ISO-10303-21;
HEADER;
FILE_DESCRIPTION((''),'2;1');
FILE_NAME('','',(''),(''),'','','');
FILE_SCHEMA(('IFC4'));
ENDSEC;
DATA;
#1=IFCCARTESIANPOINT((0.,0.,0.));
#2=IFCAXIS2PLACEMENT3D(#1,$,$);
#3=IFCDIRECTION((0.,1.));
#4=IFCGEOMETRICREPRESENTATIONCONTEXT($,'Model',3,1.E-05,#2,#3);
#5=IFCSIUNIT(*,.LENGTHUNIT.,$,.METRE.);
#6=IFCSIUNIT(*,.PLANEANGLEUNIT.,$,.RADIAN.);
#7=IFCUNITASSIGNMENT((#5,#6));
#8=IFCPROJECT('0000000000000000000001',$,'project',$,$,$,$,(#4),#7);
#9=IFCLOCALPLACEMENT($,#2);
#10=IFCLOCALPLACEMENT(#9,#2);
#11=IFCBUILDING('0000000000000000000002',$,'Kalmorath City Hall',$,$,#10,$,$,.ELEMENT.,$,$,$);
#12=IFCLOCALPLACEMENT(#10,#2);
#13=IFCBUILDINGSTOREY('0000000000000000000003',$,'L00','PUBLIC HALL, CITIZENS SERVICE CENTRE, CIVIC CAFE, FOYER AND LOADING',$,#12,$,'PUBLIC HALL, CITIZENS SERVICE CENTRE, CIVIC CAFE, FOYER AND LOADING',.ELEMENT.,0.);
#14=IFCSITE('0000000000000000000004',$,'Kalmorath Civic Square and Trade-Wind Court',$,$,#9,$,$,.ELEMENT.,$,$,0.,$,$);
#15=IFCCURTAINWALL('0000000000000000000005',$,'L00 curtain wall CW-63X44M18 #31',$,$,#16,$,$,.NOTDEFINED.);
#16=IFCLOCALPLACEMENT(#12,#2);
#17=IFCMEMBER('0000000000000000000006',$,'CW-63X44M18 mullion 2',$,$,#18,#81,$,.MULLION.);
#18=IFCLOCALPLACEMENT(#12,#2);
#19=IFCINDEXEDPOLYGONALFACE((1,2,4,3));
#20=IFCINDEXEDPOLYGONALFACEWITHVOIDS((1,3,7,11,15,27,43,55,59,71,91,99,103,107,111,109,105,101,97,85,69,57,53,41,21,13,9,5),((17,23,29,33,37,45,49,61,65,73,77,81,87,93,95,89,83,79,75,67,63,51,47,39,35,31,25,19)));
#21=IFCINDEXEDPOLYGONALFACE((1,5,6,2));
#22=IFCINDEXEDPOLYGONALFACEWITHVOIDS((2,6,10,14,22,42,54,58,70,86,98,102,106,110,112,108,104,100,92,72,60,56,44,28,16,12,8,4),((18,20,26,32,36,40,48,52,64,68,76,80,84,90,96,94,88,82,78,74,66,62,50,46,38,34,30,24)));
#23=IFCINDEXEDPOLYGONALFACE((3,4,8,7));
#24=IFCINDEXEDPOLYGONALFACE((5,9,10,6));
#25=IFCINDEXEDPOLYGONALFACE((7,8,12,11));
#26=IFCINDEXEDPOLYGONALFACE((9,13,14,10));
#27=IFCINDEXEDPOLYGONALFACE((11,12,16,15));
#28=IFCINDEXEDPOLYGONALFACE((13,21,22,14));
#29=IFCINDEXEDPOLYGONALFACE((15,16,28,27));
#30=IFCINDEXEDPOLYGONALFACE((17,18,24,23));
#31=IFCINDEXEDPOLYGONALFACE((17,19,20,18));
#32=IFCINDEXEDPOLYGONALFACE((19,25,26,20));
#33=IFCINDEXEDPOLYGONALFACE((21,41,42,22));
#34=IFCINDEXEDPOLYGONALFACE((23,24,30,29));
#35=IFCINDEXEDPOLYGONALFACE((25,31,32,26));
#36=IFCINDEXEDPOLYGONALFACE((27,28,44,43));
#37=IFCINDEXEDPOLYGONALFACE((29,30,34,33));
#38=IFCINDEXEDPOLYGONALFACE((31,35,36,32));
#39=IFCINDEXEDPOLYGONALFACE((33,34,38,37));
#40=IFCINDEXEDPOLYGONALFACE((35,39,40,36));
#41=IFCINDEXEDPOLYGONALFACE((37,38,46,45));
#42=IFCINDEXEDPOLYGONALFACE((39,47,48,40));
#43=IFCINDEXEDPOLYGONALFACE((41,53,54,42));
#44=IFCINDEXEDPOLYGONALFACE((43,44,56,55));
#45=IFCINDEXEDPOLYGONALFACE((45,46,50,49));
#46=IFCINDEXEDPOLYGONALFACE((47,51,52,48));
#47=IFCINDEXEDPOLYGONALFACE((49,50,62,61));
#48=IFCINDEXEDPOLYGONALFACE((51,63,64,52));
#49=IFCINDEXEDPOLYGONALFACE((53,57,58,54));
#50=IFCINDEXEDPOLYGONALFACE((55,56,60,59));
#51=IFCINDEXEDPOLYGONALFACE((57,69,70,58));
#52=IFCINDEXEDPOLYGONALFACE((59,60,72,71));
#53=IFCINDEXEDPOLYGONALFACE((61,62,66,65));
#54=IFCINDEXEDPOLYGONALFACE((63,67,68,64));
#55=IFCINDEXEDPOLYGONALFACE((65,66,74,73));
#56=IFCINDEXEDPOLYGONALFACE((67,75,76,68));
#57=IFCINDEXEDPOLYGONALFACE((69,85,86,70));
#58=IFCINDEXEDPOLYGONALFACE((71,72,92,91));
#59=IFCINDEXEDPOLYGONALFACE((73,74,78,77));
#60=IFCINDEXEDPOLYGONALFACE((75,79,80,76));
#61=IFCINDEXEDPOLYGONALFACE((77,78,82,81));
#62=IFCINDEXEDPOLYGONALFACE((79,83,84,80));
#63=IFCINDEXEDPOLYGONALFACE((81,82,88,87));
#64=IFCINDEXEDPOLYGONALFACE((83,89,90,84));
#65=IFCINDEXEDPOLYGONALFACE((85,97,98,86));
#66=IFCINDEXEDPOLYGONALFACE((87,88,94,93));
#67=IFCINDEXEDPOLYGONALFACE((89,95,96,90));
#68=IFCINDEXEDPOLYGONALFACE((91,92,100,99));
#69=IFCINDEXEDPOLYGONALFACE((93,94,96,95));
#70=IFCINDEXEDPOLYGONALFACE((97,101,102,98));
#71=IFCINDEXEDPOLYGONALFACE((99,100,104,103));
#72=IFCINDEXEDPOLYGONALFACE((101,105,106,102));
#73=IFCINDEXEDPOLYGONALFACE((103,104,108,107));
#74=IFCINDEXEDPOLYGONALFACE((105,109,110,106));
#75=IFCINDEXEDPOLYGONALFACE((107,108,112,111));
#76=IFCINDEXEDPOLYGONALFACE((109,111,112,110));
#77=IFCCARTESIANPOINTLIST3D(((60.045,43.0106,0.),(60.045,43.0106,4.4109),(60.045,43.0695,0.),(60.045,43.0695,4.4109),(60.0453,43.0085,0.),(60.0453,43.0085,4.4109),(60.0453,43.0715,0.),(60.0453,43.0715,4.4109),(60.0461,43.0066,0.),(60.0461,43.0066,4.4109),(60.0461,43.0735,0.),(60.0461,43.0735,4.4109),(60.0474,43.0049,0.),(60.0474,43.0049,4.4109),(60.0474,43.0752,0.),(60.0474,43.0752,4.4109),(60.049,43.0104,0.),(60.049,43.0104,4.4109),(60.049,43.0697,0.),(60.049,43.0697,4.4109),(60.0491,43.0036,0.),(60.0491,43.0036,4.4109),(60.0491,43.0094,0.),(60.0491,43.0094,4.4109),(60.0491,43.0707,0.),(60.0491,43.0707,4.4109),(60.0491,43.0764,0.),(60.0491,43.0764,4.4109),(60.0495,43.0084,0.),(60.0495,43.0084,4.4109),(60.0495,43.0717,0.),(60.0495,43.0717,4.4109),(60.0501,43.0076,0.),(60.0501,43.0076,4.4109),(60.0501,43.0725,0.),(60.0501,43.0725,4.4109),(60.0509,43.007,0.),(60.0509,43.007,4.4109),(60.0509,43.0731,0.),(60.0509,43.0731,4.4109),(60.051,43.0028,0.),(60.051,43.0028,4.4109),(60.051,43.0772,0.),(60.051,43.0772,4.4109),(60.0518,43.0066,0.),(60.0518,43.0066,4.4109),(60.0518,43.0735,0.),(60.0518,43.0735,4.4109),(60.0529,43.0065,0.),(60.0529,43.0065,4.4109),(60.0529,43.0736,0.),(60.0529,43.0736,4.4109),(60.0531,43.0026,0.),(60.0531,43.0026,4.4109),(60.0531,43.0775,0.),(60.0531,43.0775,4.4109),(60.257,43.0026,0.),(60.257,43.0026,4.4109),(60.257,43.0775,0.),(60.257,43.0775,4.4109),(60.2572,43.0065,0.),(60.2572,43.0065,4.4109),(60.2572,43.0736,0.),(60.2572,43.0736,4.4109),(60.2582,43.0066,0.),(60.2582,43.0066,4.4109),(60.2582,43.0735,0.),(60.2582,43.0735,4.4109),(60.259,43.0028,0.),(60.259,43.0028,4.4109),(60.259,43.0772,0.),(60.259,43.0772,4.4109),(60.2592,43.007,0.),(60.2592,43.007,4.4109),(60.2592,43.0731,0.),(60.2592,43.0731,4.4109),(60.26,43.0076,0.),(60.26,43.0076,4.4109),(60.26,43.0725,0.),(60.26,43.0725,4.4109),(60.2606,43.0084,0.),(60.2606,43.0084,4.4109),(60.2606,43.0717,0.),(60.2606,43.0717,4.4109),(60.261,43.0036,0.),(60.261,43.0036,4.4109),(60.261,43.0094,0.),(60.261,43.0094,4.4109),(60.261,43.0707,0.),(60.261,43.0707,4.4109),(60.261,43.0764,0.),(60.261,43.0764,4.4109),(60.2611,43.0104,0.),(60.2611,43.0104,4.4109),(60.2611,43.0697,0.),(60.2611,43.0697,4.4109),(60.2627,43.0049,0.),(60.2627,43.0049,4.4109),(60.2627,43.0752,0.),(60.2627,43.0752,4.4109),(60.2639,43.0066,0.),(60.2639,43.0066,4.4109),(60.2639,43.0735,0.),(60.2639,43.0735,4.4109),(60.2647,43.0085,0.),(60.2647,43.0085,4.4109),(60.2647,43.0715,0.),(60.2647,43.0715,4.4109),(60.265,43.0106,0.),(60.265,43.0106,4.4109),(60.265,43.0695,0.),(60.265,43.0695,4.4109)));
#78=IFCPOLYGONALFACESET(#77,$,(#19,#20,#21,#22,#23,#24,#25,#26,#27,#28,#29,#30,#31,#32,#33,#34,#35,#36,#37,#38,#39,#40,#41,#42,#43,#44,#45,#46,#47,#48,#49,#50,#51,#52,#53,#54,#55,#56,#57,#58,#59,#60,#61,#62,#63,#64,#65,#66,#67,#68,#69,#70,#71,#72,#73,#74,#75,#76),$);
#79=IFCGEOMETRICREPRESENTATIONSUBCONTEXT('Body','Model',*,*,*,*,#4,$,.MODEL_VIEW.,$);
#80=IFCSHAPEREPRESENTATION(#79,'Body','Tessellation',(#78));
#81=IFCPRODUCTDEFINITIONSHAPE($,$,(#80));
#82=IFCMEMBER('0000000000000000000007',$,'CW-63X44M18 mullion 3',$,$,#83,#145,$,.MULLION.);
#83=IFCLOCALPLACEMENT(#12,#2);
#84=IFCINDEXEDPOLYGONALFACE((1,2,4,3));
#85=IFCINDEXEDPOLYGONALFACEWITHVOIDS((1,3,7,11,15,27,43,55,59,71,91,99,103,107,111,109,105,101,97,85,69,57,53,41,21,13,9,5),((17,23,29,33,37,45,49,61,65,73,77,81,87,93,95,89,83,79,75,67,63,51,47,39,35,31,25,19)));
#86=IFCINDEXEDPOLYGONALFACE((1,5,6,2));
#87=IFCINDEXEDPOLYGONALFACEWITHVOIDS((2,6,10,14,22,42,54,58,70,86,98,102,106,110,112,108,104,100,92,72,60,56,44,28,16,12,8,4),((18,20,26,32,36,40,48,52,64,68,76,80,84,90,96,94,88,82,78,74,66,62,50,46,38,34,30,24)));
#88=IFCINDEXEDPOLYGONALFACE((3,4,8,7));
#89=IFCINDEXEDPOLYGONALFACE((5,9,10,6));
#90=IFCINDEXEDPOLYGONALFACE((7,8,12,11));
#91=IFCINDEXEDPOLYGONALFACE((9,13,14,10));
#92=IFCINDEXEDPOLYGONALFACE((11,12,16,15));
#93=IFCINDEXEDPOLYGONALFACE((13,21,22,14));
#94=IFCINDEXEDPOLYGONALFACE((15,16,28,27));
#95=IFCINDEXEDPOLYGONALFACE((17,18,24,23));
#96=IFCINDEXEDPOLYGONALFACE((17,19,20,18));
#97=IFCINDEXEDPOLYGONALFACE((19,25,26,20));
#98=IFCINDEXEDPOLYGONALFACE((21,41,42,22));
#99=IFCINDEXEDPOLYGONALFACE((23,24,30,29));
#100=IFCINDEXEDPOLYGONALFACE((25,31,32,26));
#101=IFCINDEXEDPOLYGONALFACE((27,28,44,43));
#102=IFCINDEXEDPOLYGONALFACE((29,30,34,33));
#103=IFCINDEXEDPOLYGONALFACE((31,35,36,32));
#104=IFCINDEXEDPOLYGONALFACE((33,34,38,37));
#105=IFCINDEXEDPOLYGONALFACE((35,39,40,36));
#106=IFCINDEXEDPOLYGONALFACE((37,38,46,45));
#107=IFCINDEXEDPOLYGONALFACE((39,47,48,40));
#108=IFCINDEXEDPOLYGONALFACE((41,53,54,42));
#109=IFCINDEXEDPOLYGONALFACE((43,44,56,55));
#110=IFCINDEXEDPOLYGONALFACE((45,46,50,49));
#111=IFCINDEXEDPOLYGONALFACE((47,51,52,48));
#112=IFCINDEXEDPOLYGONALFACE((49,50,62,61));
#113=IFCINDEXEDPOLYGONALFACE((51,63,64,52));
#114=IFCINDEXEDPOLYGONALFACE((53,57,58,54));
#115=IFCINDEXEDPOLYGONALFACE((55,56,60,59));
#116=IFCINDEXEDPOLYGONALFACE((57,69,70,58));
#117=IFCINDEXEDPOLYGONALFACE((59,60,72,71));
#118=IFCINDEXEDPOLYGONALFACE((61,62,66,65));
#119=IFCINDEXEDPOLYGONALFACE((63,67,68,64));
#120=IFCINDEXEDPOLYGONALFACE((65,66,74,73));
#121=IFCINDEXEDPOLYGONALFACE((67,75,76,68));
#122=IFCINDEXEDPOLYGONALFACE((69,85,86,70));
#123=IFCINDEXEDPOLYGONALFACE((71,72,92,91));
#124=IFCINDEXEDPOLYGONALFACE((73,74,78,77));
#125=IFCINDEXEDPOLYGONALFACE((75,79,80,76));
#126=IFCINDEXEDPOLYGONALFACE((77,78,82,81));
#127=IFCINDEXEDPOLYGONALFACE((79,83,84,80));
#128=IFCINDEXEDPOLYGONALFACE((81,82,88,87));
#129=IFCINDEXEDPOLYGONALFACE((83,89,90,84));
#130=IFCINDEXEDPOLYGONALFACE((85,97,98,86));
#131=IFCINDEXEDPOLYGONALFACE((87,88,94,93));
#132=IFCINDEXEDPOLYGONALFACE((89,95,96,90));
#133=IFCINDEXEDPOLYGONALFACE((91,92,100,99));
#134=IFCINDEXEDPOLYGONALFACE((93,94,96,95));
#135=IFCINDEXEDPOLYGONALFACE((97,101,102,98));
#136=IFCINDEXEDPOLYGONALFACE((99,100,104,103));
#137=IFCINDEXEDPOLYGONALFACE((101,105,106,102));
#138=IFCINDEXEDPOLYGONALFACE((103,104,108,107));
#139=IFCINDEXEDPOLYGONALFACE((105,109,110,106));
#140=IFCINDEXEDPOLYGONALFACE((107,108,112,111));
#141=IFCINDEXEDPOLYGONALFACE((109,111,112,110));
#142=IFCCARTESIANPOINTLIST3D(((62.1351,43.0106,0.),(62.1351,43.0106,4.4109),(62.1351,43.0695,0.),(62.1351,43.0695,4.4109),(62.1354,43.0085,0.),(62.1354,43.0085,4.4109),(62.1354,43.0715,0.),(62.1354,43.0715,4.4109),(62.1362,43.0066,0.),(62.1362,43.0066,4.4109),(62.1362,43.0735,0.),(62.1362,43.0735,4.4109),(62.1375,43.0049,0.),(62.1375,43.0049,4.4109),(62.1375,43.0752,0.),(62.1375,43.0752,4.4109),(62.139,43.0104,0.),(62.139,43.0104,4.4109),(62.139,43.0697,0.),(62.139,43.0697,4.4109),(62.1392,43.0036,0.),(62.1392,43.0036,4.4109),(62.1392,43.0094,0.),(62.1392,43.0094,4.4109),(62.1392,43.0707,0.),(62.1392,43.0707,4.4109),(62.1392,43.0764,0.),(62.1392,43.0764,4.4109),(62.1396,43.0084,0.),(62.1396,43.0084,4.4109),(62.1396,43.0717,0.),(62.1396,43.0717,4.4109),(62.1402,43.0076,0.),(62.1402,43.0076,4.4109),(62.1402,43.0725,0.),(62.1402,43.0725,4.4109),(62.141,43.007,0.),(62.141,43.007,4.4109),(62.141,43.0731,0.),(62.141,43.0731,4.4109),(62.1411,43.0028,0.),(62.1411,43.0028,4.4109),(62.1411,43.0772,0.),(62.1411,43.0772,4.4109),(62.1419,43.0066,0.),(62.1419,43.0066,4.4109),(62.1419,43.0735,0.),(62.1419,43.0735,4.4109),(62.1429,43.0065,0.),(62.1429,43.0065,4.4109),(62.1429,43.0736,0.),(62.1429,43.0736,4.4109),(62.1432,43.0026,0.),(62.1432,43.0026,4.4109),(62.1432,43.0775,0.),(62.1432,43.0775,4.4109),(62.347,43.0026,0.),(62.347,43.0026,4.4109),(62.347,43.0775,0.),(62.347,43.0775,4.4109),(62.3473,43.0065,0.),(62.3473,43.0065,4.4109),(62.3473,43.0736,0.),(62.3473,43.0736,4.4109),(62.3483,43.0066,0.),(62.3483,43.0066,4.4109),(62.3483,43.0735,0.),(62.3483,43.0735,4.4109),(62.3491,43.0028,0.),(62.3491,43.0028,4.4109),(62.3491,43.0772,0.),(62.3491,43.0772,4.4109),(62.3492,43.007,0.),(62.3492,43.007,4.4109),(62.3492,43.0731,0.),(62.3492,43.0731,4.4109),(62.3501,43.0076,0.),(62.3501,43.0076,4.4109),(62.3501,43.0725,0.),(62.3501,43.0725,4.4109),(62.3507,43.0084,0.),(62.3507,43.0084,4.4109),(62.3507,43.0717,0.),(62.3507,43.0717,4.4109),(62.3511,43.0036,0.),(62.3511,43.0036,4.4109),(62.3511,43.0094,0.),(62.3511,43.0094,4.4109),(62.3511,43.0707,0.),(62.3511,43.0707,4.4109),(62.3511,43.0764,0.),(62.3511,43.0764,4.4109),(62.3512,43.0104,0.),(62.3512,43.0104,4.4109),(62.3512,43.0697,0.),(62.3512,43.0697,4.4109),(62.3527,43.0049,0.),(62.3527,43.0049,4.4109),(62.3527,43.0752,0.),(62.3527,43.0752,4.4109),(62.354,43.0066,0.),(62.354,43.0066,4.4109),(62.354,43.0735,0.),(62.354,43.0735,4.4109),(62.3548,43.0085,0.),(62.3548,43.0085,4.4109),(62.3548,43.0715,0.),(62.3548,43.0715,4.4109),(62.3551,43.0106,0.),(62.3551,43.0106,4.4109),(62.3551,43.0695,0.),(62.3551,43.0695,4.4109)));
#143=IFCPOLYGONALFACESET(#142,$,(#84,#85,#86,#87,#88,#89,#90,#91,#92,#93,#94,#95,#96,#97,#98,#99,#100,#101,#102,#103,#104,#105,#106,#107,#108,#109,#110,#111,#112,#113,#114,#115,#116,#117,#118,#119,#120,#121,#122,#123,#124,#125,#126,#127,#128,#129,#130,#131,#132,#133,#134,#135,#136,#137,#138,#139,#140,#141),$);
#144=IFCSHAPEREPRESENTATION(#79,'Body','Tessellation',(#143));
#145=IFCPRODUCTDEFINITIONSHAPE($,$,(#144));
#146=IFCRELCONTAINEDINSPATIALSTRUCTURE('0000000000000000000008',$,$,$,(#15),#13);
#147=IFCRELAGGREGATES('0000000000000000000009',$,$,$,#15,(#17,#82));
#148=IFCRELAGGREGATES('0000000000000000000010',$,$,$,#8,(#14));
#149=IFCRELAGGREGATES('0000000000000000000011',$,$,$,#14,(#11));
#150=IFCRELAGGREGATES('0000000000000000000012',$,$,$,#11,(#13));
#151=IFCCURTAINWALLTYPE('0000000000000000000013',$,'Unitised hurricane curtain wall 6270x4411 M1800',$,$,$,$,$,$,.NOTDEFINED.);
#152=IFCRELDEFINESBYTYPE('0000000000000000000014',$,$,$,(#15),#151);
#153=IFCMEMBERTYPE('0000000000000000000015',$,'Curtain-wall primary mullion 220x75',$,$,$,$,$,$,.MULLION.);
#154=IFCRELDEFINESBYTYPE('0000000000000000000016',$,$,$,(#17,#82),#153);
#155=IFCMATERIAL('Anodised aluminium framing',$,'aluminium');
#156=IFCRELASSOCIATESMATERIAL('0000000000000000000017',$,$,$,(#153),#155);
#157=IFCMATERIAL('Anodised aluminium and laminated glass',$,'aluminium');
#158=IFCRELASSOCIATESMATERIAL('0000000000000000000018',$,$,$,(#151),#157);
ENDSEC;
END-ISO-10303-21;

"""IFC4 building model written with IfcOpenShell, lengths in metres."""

from ifc_helpers import new_model, si_unit, direction, frame, origin, origin_2d, place, context, subcontext, project, spatial, hollow_rectangle, extrude, material, material_profile, profile_set, type_object, element, aggregate, save


model = new_model("IFC4")

# Units and contexts
model_context = context("Model", 3, precision=1e-05, world=origin(), true_north=direction((0.0, 1.0)))
body_context = subcontext(model_context, "Body", "Model", "MODEL_VIEW")
ifc_project = project(units=[si_unit("LENGTHUNIT", "METRE"), si_unit("PLANEANGLEUNIT", "RADIAN")], contexts=[model_context])

# Site, building, storey
site_placement = place(None, origin())
site = spatial("IfcSite", under=ifc_project, at=site_placement, Name="Kalmorath Civic Square and Trade-Wind Court", CompositionType="ELEMENT", RefElevation=0.0)
building_placement = place(site_placement, origin())
building = spatial("IfcBuilding", under=site, at=building_placement, Name="Kalmorath City Hall", CompositionType="ELEMENT")
storey_placement = place(building_placement, origin())
storey = spatial("IfcBuildingStorey", under=building, at=storey_placement, Name="L00", Description="PUBLIC HALL, CITIZENS SERVICE CENTRE, CIVIC CAFE, FOYER AND LOADING", LongName="PUBLIC HALL, CITIZENS SERVICE CENTRE, CIVIC CAFE, FOYER AND LOADING", CompositionType="ELEMENT", Elevation=0.0)

# Shared definitions
ifc_material_1 = material(Name="Anodised aluminium framing", Category="aluminium")
ifc_material_profile_1 = material_profile(ifc_material_1, hollow_rectangle(XDim=0.075, YDim=0.22, WallThickness=0.0039, InnerFilletRadius=0.0039, OuterFilletRadius=0.0081, at=origin_2d()), Name="ALU-MUL-220X75X4")
ifc_profile_set_1 = profile_set([ifc_material_profile_1], Name="Anodised aluminium framing")
member_type_1 = type_object("IfcMemberType", Name="Curtain-wall primary mullion 220x75", PredefinedType="MULLION", material=ifc_profile_set_1)

# Curtain wall, members
ifc_material_2 = material(Name="Anodised aluminium and laminated glass", Category="aluminium")
curtain_wall_type_1 = type_object("IfcCurtainWallType", Name="Unitised hurricane curtain wall 6270x4411 M1800", PredefinedType="NOTDEFINED", material=ifc_material_2)
curtain_wall_1_placement = place(storey_placement, origin())
curtain_wall_1 = element("IfcCurtainWall", 1, at=curtain_wall_1_placement, inside=storey, type_object=curtain_wall_type_1, Name="L00 curtain wall CW-63X44M18 #31", PredefinedType="NOTDEFINED")
member_1_placement = place(storey_placement, frame((60.155, 43.04, 0.0), z_axis=(0.0, 0.0, 1.0), x_axis=(0.0, 1.0, 0.0)))
member_1 = element("IfcMember", 2, at=member_1_placement, type_object=member_type_1, Name="CW-63X44M18 mullion 2", PredefinedType="MULLION", context=body_context, shape_type="SweptSolid", body=[
    extrude(hollow_rectangle(XDim=0.075, YDim=0.22, WallThickness=0.0039, InnerFilletRadius=0.0039, OuterFilletRadius=0.0081, at=origin_2d()), origin(), (0.0, 0.0, 1.0), 4.4109),
])
member_2_placement = place(storey_placement, frame((62.2451, 43.04, 0.0), z_axis=(0.0, 0.0, 1.0), x_axis=(0.0, 1.0, 0.0)))
member_2 = element("IfcMember", 3, at=member_2_placement, type_object=member_type_1, Name="CW-63X44M18 mullion 3", PredefinedType="MULLION", context=body_context, shape_type="SweptSolid", body=[
    extrude(hollow_rectangle(XDim=0.075, YDim=0.22, WallThickness=0.0039, InnerFilletRadius=0.0039, OuterFilletRadius=0.0081, at=origin_2d()), origin(), (0.0, 0.0, 1.0), 4.4109),
])

aggregate(curtain_wall_1, [member_1, member_2])

save(model, "model.ifc")
